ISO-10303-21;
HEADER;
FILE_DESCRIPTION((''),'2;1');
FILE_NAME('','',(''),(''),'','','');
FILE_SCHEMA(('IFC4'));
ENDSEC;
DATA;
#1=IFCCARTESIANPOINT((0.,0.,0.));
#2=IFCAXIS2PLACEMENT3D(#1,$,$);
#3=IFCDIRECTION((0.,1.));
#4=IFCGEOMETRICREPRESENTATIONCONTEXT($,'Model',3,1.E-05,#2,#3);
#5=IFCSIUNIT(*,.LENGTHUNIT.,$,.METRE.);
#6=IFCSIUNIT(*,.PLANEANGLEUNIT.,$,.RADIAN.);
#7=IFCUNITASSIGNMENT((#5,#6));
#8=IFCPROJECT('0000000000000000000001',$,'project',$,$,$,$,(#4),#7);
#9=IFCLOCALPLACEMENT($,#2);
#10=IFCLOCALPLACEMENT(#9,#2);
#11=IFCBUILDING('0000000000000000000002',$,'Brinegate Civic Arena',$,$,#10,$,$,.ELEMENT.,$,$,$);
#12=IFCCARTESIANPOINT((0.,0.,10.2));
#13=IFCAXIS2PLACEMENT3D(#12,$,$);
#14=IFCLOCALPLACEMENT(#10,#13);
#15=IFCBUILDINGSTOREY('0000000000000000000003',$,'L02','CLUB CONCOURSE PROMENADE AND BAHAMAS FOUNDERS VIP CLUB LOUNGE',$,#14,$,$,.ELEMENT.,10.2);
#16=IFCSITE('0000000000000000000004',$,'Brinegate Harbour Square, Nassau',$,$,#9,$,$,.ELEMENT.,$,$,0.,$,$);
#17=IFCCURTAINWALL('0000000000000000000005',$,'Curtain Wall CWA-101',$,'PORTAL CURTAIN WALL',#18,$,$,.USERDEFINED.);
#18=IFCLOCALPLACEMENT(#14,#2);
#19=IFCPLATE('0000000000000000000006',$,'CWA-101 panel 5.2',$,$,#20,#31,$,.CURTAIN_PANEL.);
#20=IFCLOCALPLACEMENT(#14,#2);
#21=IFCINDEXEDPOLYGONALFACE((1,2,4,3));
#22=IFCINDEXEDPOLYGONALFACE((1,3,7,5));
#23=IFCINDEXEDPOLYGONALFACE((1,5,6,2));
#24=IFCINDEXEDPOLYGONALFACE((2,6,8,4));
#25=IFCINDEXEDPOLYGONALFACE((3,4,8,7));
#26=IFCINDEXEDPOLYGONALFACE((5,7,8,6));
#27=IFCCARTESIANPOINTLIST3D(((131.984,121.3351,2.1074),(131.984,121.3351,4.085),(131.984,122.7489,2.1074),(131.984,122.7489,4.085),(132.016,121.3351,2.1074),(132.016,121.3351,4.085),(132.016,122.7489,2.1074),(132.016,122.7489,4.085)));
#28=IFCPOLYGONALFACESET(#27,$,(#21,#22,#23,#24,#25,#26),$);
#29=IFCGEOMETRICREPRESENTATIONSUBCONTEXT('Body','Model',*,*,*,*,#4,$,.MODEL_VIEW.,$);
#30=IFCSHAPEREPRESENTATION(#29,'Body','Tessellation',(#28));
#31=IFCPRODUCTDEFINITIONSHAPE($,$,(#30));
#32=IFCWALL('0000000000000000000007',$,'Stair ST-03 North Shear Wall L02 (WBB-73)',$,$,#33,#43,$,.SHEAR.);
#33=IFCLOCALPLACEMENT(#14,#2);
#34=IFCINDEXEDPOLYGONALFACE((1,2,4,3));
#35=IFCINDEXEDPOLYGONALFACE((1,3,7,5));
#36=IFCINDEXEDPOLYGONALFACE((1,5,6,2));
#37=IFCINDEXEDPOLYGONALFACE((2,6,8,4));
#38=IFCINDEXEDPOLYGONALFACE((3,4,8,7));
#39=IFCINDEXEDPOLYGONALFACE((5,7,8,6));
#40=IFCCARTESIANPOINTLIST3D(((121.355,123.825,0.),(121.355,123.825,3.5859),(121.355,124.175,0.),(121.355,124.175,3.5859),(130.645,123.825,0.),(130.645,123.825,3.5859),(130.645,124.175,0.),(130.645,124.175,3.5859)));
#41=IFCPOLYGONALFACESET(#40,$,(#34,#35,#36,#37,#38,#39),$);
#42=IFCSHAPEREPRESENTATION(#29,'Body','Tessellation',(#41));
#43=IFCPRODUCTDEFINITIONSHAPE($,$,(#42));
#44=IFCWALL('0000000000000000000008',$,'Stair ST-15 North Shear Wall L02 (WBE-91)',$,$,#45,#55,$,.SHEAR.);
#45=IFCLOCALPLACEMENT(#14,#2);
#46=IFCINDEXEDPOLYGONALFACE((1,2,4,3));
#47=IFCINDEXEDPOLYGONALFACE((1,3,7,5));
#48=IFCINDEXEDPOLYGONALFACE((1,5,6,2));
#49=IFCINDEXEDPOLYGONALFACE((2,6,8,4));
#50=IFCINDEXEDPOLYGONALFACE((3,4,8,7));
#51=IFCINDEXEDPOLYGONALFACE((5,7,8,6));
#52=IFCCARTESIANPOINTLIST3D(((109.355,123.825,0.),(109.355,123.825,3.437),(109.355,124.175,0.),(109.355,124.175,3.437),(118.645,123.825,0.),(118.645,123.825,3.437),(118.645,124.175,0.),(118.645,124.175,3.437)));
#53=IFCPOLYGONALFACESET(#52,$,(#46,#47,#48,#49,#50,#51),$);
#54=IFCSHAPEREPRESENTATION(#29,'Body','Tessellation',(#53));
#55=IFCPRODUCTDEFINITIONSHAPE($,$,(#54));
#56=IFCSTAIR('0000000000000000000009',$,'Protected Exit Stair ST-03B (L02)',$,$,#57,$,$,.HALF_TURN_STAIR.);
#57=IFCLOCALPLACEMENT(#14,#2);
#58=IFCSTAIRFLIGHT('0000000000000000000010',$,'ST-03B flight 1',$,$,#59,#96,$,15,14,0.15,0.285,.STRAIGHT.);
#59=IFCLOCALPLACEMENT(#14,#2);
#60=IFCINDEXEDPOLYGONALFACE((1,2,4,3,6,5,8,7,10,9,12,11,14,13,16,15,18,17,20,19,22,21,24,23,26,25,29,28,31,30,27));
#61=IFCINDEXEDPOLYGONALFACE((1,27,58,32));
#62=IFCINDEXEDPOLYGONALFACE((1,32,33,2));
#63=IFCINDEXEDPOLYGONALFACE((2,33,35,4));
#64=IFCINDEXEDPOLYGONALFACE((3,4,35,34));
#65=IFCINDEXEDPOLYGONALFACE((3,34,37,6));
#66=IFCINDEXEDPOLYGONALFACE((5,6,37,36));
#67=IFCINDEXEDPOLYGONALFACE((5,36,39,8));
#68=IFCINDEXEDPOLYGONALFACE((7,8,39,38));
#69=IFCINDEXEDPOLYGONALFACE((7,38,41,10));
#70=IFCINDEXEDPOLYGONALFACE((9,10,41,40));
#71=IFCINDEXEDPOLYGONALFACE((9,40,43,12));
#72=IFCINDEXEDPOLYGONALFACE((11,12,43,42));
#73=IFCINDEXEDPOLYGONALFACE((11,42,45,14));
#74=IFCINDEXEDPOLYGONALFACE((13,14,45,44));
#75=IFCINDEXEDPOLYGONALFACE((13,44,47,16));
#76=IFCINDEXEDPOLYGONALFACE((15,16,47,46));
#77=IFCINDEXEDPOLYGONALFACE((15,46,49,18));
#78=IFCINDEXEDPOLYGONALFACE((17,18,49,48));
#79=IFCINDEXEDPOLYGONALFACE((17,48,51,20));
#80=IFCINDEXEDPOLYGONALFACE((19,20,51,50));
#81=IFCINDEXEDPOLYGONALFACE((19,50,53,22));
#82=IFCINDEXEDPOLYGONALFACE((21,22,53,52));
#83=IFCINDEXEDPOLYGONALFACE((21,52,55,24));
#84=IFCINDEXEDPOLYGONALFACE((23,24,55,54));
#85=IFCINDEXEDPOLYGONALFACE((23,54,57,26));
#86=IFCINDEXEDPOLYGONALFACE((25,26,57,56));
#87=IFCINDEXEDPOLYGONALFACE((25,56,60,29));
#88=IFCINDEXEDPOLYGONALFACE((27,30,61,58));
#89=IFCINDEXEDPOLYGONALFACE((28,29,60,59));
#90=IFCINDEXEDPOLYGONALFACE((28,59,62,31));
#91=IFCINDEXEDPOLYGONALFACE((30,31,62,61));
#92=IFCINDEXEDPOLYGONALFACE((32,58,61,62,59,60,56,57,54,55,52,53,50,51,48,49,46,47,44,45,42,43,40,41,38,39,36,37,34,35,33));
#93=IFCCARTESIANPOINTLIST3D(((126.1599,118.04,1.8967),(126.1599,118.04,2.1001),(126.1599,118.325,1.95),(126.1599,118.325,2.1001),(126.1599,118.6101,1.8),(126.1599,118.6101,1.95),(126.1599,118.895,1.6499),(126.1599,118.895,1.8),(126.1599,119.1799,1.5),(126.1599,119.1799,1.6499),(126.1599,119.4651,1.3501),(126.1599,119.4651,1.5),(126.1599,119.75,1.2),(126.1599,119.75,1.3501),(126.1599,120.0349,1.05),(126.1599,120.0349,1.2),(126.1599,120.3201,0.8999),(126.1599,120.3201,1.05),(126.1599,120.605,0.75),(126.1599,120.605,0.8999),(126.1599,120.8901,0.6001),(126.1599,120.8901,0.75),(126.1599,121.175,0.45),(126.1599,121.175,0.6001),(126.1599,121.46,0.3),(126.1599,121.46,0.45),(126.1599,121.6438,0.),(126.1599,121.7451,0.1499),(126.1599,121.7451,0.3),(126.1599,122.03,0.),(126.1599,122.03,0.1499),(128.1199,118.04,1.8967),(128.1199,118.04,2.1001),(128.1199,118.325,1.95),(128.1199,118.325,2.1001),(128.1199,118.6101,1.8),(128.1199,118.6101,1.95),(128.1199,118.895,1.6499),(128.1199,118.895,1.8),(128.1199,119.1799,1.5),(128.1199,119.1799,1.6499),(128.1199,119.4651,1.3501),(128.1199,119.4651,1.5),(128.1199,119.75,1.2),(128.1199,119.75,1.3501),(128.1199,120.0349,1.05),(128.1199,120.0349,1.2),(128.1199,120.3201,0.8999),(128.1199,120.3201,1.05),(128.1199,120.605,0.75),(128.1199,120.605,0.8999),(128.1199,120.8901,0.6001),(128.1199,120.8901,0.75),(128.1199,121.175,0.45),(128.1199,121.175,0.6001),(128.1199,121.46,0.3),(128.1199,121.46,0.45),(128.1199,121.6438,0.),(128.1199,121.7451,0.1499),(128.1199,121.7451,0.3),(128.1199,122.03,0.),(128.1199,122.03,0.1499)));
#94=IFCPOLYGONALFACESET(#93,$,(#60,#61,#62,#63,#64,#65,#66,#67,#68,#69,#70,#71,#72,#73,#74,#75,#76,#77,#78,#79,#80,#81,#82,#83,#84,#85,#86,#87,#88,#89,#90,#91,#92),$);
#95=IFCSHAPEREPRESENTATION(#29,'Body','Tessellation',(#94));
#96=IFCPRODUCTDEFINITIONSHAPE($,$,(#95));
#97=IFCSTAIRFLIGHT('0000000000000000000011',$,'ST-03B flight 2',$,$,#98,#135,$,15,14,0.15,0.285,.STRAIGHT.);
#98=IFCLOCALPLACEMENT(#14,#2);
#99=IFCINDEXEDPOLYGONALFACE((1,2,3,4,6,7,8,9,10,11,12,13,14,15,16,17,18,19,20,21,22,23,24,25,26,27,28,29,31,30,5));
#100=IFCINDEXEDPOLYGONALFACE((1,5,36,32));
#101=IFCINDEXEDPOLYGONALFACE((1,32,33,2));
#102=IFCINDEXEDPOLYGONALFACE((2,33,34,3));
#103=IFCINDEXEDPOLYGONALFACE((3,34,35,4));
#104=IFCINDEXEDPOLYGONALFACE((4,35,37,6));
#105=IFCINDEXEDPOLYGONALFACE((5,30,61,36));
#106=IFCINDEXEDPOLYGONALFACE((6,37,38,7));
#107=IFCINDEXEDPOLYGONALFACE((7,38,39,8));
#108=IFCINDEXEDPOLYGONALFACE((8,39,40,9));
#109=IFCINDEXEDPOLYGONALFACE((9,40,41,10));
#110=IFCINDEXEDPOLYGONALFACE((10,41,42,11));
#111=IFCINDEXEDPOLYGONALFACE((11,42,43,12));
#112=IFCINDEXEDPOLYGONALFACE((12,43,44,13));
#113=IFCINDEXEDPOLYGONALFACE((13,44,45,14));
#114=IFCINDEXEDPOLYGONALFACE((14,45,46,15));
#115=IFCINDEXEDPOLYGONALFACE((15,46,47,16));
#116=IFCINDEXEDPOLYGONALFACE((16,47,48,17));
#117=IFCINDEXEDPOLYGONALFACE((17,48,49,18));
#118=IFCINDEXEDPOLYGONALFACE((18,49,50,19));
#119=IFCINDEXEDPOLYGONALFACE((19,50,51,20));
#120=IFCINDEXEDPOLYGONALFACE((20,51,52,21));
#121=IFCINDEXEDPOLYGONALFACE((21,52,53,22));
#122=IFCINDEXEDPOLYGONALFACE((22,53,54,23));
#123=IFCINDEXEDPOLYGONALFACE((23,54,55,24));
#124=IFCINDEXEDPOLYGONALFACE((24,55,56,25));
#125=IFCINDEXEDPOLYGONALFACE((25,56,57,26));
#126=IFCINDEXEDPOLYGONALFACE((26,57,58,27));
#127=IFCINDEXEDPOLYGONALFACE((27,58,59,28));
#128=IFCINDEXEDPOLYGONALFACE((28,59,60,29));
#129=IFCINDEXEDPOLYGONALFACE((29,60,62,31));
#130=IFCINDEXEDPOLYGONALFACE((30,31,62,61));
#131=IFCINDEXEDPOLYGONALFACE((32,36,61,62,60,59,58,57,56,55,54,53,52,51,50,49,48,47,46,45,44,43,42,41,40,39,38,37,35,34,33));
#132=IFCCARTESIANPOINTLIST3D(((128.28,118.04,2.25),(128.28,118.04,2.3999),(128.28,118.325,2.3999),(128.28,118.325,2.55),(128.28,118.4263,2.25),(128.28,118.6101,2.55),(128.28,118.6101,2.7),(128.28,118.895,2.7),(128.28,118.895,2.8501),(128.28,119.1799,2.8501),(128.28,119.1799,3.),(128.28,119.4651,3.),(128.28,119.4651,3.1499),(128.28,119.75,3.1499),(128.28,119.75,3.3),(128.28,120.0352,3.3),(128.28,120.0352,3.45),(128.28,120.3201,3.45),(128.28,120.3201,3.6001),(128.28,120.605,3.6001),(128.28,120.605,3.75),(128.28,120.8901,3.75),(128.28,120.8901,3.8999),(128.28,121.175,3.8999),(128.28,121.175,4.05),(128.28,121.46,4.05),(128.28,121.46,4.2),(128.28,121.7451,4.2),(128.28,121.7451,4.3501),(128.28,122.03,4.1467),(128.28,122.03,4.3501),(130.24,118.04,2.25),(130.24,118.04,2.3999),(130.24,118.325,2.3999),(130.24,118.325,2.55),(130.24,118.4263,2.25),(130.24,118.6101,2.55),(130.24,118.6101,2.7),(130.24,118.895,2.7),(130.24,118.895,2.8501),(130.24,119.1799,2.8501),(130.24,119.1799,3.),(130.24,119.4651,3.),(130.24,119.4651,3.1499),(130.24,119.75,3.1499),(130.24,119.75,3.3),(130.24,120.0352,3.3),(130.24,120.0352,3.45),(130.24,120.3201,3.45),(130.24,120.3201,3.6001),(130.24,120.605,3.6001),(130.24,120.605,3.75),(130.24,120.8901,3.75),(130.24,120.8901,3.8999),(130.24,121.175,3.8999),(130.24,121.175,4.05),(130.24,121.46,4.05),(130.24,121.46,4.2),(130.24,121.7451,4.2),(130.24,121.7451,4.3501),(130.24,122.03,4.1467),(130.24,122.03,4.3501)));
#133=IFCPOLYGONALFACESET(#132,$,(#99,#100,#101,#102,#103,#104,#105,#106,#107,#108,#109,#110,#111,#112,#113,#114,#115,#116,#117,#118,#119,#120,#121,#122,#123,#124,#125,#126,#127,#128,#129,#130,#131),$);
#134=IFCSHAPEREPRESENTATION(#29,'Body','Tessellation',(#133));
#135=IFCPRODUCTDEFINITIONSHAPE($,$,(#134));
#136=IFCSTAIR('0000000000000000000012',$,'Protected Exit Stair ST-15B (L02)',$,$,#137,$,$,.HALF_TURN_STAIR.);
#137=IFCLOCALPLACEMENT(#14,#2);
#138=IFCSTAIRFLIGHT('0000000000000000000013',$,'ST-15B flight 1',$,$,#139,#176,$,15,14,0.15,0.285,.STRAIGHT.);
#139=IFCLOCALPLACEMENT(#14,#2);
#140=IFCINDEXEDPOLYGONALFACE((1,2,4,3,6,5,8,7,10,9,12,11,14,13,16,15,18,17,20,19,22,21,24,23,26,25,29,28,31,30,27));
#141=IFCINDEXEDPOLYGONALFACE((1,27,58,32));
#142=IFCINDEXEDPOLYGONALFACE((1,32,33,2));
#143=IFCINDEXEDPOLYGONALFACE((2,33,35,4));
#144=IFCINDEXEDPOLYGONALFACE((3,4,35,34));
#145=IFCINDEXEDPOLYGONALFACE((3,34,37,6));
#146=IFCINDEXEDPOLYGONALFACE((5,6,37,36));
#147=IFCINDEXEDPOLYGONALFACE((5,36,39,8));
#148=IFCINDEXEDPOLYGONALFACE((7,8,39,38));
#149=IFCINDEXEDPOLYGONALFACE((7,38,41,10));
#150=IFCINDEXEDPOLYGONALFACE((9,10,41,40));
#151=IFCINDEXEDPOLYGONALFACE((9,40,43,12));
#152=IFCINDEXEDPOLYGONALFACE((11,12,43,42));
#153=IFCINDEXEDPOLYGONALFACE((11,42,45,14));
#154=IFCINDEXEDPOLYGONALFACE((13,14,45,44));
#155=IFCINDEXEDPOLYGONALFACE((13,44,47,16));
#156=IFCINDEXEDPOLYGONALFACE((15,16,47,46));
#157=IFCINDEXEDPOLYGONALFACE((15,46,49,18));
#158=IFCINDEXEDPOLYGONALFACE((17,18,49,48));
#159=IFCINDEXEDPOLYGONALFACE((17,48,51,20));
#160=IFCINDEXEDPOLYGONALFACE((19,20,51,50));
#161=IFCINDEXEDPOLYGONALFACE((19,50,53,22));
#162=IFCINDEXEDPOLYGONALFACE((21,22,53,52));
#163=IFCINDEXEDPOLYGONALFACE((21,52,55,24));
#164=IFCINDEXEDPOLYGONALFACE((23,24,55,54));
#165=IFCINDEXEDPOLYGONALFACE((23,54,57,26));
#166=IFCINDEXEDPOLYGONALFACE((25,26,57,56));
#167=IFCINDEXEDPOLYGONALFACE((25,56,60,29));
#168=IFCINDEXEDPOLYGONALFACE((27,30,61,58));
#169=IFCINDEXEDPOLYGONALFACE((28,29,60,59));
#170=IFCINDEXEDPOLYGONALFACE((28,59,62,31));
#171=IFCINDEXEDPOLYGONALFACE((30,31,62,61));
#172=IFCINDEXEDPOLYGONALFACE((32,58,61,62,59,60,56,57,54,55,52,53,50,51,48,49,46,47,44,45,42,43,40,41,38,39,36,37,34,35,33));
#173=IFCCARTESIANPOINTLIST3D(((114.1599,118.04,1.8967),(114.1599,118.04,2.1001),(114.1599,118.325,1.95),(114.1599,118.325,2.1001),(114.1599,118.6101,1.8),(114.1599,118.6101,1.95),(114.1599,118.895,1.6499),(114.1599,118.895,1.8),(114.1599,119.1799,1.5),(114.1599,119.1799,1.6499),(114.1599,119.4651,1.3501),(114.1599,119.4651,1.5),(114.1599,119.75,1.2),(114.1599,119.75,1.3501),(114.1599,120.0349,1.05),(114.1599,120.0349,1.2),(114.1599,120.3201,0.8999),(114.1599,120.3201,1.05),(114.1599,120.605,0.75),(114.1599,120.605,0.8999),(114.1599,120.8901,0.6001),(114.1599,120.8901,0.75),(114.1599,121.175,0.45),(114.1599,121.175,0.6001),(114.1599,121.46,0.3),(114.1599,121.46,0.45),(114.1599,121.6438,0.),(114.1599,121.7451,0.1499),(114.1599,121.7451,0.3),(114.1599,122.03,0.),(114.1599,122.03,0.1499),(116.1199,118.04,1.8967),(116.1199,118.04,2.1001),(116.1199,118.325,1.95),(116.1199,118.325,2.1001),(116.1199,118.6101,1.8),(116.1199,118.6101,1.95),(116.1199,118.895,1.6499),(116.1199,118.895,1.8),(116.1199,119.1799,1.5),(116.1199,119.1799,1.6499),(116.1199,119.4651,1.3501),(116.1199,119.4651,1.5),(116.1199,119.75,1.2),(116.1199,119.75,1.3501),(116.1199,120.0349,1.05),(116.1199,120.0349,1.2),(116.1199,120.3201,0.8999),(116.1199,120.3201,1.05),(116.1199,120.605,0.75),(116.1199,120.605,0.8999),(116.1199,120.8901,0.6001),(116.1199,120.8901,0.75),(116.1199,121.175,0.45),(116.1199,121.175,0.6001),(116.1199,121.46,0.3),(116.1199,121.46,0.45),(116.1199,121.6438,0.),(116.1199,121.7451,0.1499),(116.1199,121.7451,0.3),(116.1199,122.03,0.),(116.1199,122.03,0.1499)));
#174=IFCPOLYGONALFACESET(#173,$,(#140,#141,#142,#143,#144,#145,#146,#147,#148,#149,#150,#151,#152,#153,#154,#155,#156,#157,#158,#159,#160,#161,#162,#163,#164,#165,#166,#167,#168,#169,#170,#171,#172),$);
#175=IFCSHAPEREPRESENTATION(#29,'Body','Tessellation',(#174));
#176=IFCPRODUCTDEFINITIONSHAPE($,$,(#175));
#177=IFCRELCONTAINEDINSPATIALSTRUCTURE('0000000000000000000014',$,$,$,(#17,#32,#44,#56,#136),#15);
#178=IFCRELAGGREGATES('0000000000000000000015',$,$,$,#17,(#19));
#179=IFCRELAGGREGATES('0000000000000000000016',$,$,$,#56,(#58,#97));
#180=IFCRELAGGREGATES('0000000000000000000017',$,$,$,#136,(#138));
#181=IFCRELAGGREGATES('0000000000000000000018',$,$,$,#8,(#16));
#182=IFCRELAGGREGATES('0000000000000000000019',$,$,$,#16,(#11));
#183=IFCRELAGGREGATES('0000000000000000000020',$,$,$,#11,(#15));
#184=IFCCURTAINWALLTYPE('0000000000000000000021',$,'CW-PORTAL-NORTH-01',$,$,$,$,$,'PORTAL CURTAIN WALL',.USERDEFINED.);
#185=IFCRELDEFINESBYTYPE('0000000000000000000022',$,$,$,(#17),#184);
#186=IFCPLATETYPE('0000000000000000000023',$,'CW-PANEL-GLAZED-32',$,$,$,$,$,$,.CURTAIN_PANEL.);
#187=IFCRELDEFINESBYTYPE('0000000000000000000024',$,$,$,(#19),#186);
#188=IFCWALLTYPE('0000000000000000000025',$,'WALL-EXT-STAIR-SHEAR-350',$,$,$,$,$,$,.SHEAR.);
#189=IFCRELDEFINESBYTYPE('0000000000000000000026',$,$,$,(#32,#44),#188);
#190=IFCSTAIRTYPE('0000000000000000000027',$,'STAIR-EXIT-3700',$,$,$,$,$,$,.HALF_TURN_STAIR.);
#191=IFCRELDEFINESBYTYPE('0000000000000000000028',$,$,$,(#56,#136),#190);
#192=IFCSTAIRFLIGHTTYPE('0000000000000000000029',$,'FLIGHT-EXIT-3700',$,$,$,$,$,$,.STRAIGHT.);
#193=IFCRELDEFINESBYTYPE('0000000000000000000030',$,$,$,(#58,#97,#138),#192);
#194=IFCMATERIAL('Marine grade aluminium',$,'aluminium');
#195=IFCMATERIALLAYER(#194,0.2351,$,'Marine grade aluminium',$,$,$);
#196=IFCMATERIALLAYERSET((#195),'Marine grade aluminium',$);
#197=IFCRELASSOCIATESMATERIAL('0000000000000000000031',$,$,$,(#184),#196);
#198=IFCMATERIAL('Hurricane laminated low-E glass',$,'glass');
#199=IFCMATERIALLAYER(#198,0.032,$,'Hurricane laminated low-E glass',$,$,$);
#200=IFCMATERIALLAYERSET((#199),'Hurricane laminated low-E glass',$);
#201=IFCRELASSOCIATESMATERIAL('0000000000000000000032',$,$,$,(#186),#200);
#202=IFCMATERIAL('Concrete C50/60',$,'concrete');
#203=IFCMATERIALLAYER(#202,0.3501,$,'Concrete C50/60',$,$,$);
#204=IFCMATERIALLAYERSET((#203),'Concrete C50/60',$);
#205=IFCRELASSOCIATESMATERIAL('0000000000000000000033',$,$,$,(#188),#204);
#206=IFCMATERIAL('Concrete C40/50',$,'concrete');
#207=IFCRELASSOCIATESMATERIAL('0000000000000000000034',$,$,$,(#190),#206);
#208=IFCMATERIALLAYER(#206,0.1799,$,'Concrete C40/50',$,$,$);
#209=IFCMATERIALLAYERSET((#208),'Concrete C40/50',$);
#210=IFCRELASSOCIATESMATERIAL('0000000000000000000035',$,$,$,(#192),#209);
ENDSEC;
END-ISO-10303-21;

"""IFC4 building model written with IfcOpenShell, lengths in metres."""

from ifc_helpers import new_model, si_unit, direction, frame, frame_2d, origin, origin_2d, place, context, subcontext, project, spatial, polyline, rectangle, outline, extrude, material, layer, layer_set, type_object, element, aggregate, save


model = new_model("IFC4")

# Units and contexts
model_context = context("Model", 3, precision=1e-05, world=origin(), true_north=direction((0.0, 1.0)))
body_context = subcontext(model_context, "Body", "Model", "MODEL_VIEW")
ifc_project = project(units=[si_unit("LENGTHUNIT", "METRE"), si_unit("PLANEANGLEUNIT", "RADIAN")], contexts=[model_context])

# Site, building, storey
site_placement = place(None, origin())
site = spatial("IfcSite", under=ifc_project, at=site_placement, Name="Brinegate Harbour Square, Nassau", CompositionType="ELEMENT", RefElevation=0.0)
building_placement = place(site_placement, origin())
building = spatial("IfcBuilding", under=site, at=building_placement, Name="Brinegate Civic Arena", CompositionType="ELEMENT")
storey_placement = place(building_placement, frame((0.0, 0.0, 10.2)))
storey = spatial("IfcBuildingStorey", under=building, at=storey_placement, Name="L02", Description="CLUB CONCOURSE PROMENADE AND BAHAMAS FOUNDERS VIP CLUB LOUNGE", CompositionType="ELEMENT", Elevation=10.2)

# Shared definitions
ifc_material_1 = material(Name="Concrete C50/60", Category="concrete")

# Curtain wall
ifc_material_2 = material(Name="Marine grade aluminium", Category="aluminium")
ifc_layer_1 = layer(ifc_material_2, 0.2351, Name="Marine grade aluminium")
ifc_layer_set_1 = layer_set([ifc_layer_1], Name="Marine grade aluminium")
curtain_wall_type = type_object("IfcCurtainWallType", Name="CW-PORTAL-NORTH-01", ElementType="PORTAL CURTAIN WALL", PredefinedType="USERDEFINED", material=ifc_layer_set_1)
curtain_wall_placement = place(storey_placement, origin())
curtain_wall = element("IfcCurtainWall", 1, at=curtain_wall_placement, inside=storey, type_object=curtain_wall_type, Name="Curtain Wall CWA-101", ObjectType="PORTAL CURTAIN WALL", PredefinedType="USERDEFINED")

# Plate
ifc_material_3 = material(Name="Hurricane laminated low-E glass", Category="glass")
ifc_layer_2 = layer(ifc_material_3, 0.032, Name="Hurricane laminated low-E glass")
ifc_layer_set_2 = layer_set([ifc_layer_2], Name="Hurricane laminated low-E glass")
plate_type = type_object("IfcPlateType", Name="CW-PANEL-GLAZED-32", PredefinedType="CURTAIN_PANEL", material=ifc_layer_set_2)
plate_1_placement = place(storey_placement, frame((132.0, 122.042, 2.1074), z_axis=(0.0, 0.0, 1.0), x_axis=(0.0, 1.0, 0.0)))
plate_1 = element("IfcPlate", 2, at=plate_1_placement, type_object=plate_type, Name="CWA-101 panel 5.2", PredefinedType="CURTAIN_PANEL", context=body_context, shape_type="SweptSolid", body=[
    extrude(rectangle(XDim=1.4138, YDim=0.032, at=origin_2d()), origin(), (0.0, 0.0, 1.0), 1.9775),
])
aggregate(curtain_wall, [plate_1])

# Walls
ifc_layer_3 = layer(ifc_material_1, 0.3501, Name="Concrete C50/60")
ifc_layer_set_3 = layer_set([ifc_layer_3], Name="Concrete C50/60")
wall_type = type_object("IfcWallType", Name="WALL-EXT-STAIR-SHEAR-350", PredefinedType="SHEAR", material=ifc_layer_set_3)
wall_1_placement = place(storey_placement, frame((121.355, 124.0, 0.0), z_axis=(0.0, 0.0, 1.0), x_axis=(1.0, 0.0, 0.0)))
element("IfcWall", 3, at=wall_1_placement, inside=storey, type_object=wall_type, Name="Stair ST-03 North Shear Wall L02 (WBB-73)", PredefinedType="SHEAR", context=body_context, shape_type="SweptSolid", body=[
    extrude(rectangle(XDim=9.29, YDim=0.3501, at=frame_2d((4.645, 0.0))), origin(), (0.0, 0.0, 1.0), 3.5859),
])
wall_2_placement = place(storey_placement, frame((109.355, 124.0, 0.0), z_axis=(0.0, 0.0, 1.0), x_axis=(1.0, 0.0, 0.0)))
element("IfcWall", 4, at=wall_2_placement, inside=storey, type_object=wall_type, Name="Stair ST-15 North Shear Wall L02 (WBE-91)", PredefinedType="SHEAR", context=body_context, shape_type="SweptSolid", body=[
    extrude(rectangle(XDim=9.29, YDim=0.3501, at=frame_2d((4.645, 0.0))), origin(), (0.0, 0.0, 1.0), 3.437),
])

# Stairs, stair flights
ifc_material_4 = material(Name="Concrete C40/50", Category="concrete")
stair_type_1 = type_object("IfcStairType", Name="STAIR-EXIT-3700", PredefinedType="HALF_TURN_STAIR", material=ifc_material_4)
stair_1_placement = place(storey_placement, origin())
stair_1 = element("IfcStair", 5, at=stair_1_placement, inside=storey, type_object=stair_type_1, Name="Protected Exit Stair ST-03B (L02)", PredefinedType="HALF_TURN_STAIR")
ifc_layer_4 = layer(ifc_material_4, 0.1799, Name="Concrete C40/50")
ifc_layer_set_4 = layer_set([ifc_layer_4], Name="Concrete C40/50")
stair_flight_type_1 = type_object("IfcStairFlightType", Name="FLIGHT-EXIT-3700", PredefinedType="STRAIGHT", material=ifc_layer_set_4)
stair_flight_1_placement = place(storey_placement, frame((127.1399, 122.03, 0.0), z_axis=(0.0, 0.0, 1.0), x_axis=(0.0, -1.0, 0.0)))
stair_flight_1 = element("IfcStairFlight", 6, at=stair_flight_1_placement, type_object=stair_flight_type_1, Name="ST-03B flight 1", NumberOfRisers=15, NumberOfTreads=14, PredefinedType="STRAIGHT", RiserHeight=0.15, TreadLength=0.285, context=body_context, shape_type="SweptSolid", body=[
    extrude(outline(polyline([(0.0, 0.0), (0.0, 0.1499), (0.2849, 0.1499), (0.2849, 0.3), (0.5701, 0.3), (0.5701, 0.45), (0.855, 0.45), (0.855, 0.6001), (1.1399, 0.6001), (1.1399, 0.75), (1.425, 0.75), (1.425, 0.8999), (1.71, 0.8999), (1.71, 1.05), (1.9951, 1.05), (1.9951, 1.2), (2.28, 1.2), (2.28, 1.3501), (2.5649, 1.3501), (2.5649, 1.5), (2.8501, 1.5), (2.8501, 1.6499), (3.135, 1.6499), (3.135, 1.8), (3.4199, 1.8), (3.4199, 1.95), (3.7051, 1.95), (3.7051, 2.1001), (3.99, 2.1001), (3.99, 2.25), (3.99, 1.8967), (0.3862, 0.0), (0.0, 0.0)])), frame((0.0, 0.98, 0.0), z_axis=(0.0, -1.0, 0.0), x_axis=(1.0, 0.0, 0.0)), (0.0, 0.0, 1.0), 1.96),
])
stair_flight_2_placement = place(storey_placement, frame((129.26, 118.04, 2.25), z_axis=(0.0, 0.0, 1.0), x_axis=(0.0, 1.0, 0.0)))
stair_flight_2 = element("IfcStairFlight", 7, at=stair_flight_2_placement, type_object=stair_flight_type_1, Name="ST-03B flight 2", NumberOfRisers=15, NumberOfTreads=14, PredefinedType="STRAIGHT", RiserHeight=0.15, TreadLength=0.285, context=body_context, shape_type="SweptSolid", body=[
    extrude(outline(polyline([(0.0, 0.0), (0.0, 0.1499), (0.2849, 0.1499), (0.2849, 0.3), (0.5701, 0.3), (0.5701, 0.45), (0.855, 0.45), (0.855, 0.6001), (1.1399, 0.6001), (1.1399, 0.75), (1.425, 0.75), (1.425, 0.8999), (1.71, 0.8999), (1.71, 1.05), (1.9951, 1.05), (1.9951, 1.2), (2.28, 1.2), (2.28, 1.3501), (2.5649, 1.3501), (2.5649, 1.5), (2.8501, 1.5), (2.8501, 1.6499), (3.135, 1.6499), (3.135, 1.8), (3.4199, 1.8), (3.4199, 1.95), (3.7051, 1.95), (3.7051, 2.1001), (3.99, 2.1001), (3.99, 2.25), (3.99, 1.8967), (0.3862, 0.0), (0.0, 0.0)])), frame((0.0, 0.98, 0.0), z_axis=(0.0, -1.0, 0.0), x_axis=(1.0, 0.0, 0.0)), (0.0, 0.0, 1.0), 1.96),
])
aggregate(stair_1, [stair_flight_1, stair_flight_2])
stair_2_placement = place(storey_placement, origin())
stair_2 = element("IfcStair", 8, at=stair_2_placement, inside=storey, type_object=stair_type_1, Name="Protected Exit Stair ST-15B (L02)", PredefinedType="HALF_TURN_STAIR")
stair_flight_3_placement = place(storey_placement, frame((115.1399, 122.03, 0.0), z_axis=(0.0, 0.0, 1.0), x_axis=(0.0, -1.0, 0.0)))
stair_flight_3 = element("IfcStairFlight", 9, at=stair_flight_3_placement, type_object=stair_flight_type_1, Name="ST-15B flight 1", NumberOfRisers=15, NumberOfTreads=14, PredefinedType="STRAIGHT", RiserHeight=0.15, TreadLength=0.285, context=body_context, shape_type="SweptSolid", body=[
    extrude(outline(polyline([(0.0, 0.0), (0.0, 0.1499), (0.2849, 0.1499), (0.2849, 0.3), (0.5701, 0.3), (0.5701, 0.45), (0.855, 0.45), (0.855, 0.6001), (1.1399, 0.6001), (1.1399, 0.75), (1.425, 0.75), (1.425, 0.8999), (1.71, 0.8999), (1.71, 1.05), (1.9951, 1.05), (1.9951, 1.2), (2.28, 1.2), (2.28, 1.3501), (2.5649, 1.3501), (2.5649, 1.5), (2.8501, 1.5), (2.8501, 1.6499), (3.135, 1.6499), (3.135, 1.8), (3.4199, 1.8), (3.4199, 1.95), (3.7051, 1.95), (3.7051, 2.1001), (3.99, 2.1001), (3.99, 2.25), (3.99, 1.8967), (0.3862, 0.0), (0.0, 0.0)])), frame((0.0, 0.98, 0.0), z_axis=(0.0, -1.0, 0.0), x_axis=(1.0, 0.0, 0.0)), (0.0, 0.0, 1.0), 1.96),
])
aggregate(stair_2, [stair_flight_3])

save(model, "model.ifc")
